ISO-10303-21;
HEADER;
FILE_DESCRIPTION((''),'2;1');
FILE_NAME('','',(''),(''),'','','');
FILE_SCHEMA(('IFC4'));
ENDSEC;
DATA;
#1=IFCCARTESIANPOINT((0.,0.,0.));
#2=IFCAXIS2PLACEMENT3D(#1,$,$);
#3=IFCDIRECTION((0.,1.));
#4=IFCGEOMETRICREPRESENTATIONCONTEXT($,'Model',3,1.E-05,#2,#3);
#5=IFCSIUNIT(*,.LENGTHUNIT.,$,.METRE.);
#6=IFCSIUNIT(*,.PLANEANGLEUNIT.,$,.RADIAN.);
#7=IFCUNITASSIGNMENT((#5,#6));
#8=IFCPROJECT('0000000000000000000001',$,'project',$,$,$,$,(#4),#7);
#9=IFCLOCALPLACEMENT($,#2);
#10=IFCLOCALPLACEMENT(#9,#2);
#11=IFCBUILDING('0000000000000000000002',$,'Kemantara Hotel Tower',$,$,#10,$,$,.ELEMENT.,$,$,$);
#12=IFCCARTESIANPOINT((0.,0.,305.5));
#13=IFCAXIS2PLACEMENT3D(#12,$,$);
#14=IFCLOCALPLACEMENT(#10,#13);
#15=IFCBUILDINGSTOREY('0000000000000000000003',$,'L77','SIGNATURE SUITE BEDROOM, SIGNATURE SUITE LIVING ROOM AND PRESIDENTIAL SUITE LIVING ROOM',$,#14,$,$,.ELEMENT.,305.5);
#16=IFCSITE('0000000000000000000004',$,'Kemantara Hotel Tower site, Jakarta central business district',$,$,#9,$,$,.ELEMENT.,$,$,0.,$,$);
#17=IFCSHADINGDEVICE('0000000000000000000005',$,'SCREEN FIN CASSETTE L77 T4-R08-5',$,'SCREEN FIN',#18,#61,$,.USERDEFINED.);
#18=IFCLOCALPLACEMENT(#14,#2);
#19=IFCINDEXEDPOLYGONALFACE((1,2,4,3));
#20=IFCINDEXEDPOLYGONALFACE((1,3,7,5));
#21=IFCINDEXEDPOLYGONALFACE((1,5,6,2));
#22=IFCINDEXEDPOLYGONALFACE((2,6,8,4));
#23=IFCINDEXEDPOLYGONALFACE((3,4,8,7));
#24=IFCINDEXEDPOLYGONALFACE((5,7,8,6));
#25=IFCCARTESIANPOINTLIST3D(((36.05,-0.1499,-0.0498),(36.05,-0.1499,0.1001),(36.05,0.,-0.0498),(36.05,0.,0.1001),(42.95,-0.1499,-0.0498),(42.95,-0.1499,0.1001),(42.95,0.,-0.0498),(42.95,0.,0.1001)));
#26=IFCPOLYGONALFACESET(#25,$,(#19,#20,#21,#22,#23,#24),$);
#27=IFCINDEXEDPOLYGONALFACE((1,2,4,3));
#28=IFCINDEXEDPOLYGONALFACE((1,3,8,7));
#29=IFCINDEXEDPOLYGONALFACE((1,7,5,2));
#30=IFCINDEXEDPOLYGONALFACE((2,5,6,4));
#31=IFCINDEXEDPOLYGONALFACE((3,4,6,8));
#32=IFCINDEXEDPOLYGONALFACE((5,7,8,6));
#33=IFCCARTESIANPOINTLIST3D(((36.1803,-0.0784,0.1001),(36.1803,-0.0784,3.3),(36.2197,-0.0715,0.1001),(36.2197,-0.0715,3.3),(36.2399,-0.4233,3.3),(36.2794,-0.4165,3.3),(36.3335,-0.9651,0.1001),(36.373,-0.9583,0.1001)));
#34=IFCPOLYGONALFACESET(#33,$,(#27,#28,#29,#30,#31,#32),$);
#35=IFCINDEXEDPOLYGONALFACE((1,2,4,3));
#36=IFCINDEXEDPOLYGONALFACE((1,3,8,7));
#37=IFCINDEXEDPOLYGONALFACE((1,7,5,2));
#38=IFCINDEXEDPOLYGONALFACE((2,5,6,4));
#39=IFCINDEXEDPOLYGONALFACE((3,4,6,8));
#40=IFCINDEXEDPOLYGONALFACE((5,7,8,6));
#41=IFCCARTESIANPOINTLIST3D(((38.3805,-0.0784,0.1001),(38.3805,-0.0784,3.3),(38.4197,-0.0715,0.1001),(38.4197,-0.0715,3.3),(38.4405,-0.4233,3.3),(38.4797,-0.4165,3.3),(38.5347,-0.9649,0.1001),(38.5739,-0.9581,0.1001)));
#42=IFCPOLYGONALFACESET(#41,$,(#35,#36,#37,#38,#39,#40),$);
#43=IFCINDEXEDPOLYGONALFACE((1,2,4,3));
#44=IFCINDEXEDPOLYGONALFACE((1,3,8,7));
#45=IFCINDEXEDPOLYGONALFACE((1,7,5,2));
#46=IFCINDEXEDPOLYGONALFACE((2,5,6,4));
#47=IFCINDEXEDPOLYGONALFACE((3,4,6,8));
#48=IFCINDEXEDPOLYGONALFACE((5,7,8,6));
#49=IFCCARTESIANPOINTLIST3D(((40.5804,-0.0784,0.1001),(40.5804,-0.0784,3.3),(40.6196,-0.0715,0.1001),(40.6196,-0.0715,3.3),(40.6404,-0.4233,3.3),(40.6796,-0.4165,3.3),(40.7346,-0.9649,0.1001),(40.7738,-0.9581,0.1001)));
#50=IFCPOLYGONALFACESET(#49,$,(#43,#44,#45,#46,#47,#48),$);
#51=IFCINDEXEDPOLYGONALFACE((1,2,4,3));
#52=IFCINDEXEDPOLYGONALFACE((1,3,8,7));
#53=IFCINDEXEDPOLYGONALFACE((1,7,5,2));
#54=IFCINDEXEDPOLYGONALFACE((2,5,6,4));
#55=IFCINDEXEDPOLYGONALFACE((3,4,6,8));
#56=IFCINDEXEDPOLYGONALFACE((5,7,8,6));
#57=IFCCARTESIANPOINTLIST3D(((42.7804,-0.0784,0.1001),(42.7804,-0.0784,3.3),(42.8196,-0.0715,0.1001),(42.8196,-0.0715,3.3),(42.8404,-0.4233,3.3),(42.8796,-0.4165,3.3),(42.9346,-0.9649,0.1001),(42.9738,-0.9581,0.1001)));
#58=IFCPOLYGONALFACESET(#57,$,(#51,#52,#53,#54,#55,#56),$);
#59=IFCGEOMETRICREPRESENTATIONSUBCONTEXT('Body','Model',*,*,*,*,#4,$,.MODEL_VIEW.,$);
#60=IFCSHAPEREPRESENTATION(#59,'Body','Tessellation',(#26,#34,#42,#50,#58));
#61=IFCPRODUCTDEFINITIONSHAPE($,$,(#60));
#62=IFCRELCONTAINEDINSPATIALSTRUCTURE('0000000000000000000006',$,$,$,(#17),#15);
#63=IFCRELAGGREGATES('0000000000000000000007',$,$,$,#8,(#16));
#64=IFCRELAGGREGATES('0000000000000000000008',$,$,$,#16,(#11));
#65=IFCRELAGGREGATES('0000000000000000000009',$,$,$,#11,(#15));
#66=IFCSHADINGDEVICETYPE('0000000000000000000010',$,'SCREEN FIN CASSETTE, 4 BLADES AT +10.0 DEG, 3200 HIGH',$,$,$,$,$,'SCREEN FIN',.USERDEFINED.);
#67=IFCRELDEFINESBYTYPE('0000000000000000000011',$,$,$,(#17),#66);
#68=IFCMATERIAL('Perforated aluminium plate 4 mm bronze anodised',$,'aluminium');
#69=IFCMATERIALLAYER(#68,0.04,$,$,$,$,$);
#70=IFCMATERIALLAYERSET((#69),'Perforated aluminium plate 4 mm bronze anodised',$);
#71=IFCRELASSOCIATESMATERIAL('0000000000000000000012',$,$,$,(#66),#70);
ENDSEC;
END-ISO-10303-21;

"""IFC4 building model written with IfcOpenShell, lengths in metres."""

from ifc_helpers import new_model, si_unit, direction, frame, origin, origin_2d, place, context, subcontext, project, spatial, polyline, rectangle, outline, extrude, source, transform, mapped, material, layer, layer_set, type_object, element, save


model = new_model("IFC4")

# Units and contexts
model_context = context("Model", 3, precision=1e-05, world=origin(), true_north=direction((0.0, 1.0)))
body_context = subcontext(model_context, "Body", "Model", "MODEL_VIEW")
ifc_project = project(units=[si_unit("LENGTHUNIT", "METRE"), si_unit("PLANEANGLEUNIT", "RADIAN")], contexts=[model_context])

# Site, building, storey
site_placement = place(None, origin())
site = spatial("IfcSite", under=ifc_project, at=site_placement, Name="Kemantara Hotel Tower site, Jakarta central business district", CompositionType="ELEMENT", RefElevation=0.0)
building_placement = place(site_placement, origin())
building = spatial("IfcBuilding", under=site, at=building_placement, Name="Kemantara Hotel Tower", CompositionType="ELEMENT")
storey_placement = place(building_placement, frame((0.0, 0.0, 305.5)))
storey = spatial("IfcBuildingStorey", under=building, at=storey_placement, Name="L77", Description="SIGNATURE SUITE BEDROOM, SIGNATURE SUITE LIVING ROOM AND PRESIDENTIAL SUITE LIVING ROOM", CompositionType="ELEMENT", Elevation=305.5)

# Shading device
ifc_material_1 = material(Name="Perforated aluminium plate 4 mm bronze anodised", Category="aluminium")
ifc_layer_1 = layer(ifc_material_1, 0.04)
ifc_layer_set_1 = layer_set([ifc_layer_1], Name="Perforated aluminium plate 4 mm bronze anodised")
shading_device_type = type_object("IfcShadingDeviceType", Name="SCREEN FIN CASSETTE, 4 BLADES AT +10.0 DEG, 3200 HIGH", ElementType="SCREEN FIN", PredefinedType="USERDEFINED", material=ifc_layer_set_1)
shared_shape = source(origin(), body_context, "Body", "SweptSolid", [
    extrude(rectangle(XDim=6.8999, YDim=0.1499, at=origin_2d()), frame((3.3, -0.075, -0.1499), z_axis=(0.0, 0.0, 1.0), x_axis=(1.0, 0.0, 0.0)), (0.0, 0.0, 1.0), 0.1499),
    extrude(outline(polyline([(0.0, 0.0), (0.8999, 0.0), (0.3501, 3.2), (0.0, 3.2), (0.0, 0.0)])), frame((0.0198, -0.0715, 0.0), z_axis=(-0.98539, -0.170314, 0.0), x_axis=(0.170314, -0.98539, 0.0)), (0.0, 0.0, 1.0), 0.04),
    extrude(outline(polyline([(0.0, 0.0), (0.8999, 0.0), (0.3501, 3.2), (0.0, 3.2), (0.0, 0.0)])), frame((2.2197, -0.0715, 0.0), z_axis=(-0.985212, -0.171341, 0.0), x_axis=(0.171341, -0.985212, 0.0)), (0.0, 0.0, 1.0), 0.0398),
    extrude(outline(polyline([(0.0, 0.0), (0.8999, 0.0), (0.3501, 3.2), (0.0, 3.2), (0.0, 0.0)])), frame((4.4197, -0.0715, 0.0), z_axis=(-0.985212, -0.171341, 0.0), x_axis=(0.171341, -0.985212, 0.0)), (0.0, 0.0, 1.0), 0.0398),
    extrude(outline(polyline([(0.0, 0.0), (0.8999, 0.0), (0.3501, 3.2), (0.0, 3.2), (0.0, 0.0)])), frame((6.6196, -0.0715, 0.0), z_axis=(-0.985212, -0.171341, 0.0), x_axis=(0.171341, -0.985212, 0.0)), (0.0, 0.0, 1.0), 0.0398),
])
shading_device_placement = place(storey_placement, frame((36.2, 0.0, 0.1001), z_axis=(0.0, 0.0, 1.0), x_axis=(1.0, 0.0, 0.0)))
element("IfcShadingDevice", 1, at=shading_device_placement, inside=storey, type_object=shading_device_type, Name="SCREEN FIN CASSETTE L77 T4-R08-5", ObjectType="SCREEN FIN", PredefinedType="USERDEFINED", context=body_context, shape_type="MappedRepresentation", body=[
    mapped(shared_shape, transform((0.0, 0.0, 0.0))),
])

save(model, "model.ifc")
